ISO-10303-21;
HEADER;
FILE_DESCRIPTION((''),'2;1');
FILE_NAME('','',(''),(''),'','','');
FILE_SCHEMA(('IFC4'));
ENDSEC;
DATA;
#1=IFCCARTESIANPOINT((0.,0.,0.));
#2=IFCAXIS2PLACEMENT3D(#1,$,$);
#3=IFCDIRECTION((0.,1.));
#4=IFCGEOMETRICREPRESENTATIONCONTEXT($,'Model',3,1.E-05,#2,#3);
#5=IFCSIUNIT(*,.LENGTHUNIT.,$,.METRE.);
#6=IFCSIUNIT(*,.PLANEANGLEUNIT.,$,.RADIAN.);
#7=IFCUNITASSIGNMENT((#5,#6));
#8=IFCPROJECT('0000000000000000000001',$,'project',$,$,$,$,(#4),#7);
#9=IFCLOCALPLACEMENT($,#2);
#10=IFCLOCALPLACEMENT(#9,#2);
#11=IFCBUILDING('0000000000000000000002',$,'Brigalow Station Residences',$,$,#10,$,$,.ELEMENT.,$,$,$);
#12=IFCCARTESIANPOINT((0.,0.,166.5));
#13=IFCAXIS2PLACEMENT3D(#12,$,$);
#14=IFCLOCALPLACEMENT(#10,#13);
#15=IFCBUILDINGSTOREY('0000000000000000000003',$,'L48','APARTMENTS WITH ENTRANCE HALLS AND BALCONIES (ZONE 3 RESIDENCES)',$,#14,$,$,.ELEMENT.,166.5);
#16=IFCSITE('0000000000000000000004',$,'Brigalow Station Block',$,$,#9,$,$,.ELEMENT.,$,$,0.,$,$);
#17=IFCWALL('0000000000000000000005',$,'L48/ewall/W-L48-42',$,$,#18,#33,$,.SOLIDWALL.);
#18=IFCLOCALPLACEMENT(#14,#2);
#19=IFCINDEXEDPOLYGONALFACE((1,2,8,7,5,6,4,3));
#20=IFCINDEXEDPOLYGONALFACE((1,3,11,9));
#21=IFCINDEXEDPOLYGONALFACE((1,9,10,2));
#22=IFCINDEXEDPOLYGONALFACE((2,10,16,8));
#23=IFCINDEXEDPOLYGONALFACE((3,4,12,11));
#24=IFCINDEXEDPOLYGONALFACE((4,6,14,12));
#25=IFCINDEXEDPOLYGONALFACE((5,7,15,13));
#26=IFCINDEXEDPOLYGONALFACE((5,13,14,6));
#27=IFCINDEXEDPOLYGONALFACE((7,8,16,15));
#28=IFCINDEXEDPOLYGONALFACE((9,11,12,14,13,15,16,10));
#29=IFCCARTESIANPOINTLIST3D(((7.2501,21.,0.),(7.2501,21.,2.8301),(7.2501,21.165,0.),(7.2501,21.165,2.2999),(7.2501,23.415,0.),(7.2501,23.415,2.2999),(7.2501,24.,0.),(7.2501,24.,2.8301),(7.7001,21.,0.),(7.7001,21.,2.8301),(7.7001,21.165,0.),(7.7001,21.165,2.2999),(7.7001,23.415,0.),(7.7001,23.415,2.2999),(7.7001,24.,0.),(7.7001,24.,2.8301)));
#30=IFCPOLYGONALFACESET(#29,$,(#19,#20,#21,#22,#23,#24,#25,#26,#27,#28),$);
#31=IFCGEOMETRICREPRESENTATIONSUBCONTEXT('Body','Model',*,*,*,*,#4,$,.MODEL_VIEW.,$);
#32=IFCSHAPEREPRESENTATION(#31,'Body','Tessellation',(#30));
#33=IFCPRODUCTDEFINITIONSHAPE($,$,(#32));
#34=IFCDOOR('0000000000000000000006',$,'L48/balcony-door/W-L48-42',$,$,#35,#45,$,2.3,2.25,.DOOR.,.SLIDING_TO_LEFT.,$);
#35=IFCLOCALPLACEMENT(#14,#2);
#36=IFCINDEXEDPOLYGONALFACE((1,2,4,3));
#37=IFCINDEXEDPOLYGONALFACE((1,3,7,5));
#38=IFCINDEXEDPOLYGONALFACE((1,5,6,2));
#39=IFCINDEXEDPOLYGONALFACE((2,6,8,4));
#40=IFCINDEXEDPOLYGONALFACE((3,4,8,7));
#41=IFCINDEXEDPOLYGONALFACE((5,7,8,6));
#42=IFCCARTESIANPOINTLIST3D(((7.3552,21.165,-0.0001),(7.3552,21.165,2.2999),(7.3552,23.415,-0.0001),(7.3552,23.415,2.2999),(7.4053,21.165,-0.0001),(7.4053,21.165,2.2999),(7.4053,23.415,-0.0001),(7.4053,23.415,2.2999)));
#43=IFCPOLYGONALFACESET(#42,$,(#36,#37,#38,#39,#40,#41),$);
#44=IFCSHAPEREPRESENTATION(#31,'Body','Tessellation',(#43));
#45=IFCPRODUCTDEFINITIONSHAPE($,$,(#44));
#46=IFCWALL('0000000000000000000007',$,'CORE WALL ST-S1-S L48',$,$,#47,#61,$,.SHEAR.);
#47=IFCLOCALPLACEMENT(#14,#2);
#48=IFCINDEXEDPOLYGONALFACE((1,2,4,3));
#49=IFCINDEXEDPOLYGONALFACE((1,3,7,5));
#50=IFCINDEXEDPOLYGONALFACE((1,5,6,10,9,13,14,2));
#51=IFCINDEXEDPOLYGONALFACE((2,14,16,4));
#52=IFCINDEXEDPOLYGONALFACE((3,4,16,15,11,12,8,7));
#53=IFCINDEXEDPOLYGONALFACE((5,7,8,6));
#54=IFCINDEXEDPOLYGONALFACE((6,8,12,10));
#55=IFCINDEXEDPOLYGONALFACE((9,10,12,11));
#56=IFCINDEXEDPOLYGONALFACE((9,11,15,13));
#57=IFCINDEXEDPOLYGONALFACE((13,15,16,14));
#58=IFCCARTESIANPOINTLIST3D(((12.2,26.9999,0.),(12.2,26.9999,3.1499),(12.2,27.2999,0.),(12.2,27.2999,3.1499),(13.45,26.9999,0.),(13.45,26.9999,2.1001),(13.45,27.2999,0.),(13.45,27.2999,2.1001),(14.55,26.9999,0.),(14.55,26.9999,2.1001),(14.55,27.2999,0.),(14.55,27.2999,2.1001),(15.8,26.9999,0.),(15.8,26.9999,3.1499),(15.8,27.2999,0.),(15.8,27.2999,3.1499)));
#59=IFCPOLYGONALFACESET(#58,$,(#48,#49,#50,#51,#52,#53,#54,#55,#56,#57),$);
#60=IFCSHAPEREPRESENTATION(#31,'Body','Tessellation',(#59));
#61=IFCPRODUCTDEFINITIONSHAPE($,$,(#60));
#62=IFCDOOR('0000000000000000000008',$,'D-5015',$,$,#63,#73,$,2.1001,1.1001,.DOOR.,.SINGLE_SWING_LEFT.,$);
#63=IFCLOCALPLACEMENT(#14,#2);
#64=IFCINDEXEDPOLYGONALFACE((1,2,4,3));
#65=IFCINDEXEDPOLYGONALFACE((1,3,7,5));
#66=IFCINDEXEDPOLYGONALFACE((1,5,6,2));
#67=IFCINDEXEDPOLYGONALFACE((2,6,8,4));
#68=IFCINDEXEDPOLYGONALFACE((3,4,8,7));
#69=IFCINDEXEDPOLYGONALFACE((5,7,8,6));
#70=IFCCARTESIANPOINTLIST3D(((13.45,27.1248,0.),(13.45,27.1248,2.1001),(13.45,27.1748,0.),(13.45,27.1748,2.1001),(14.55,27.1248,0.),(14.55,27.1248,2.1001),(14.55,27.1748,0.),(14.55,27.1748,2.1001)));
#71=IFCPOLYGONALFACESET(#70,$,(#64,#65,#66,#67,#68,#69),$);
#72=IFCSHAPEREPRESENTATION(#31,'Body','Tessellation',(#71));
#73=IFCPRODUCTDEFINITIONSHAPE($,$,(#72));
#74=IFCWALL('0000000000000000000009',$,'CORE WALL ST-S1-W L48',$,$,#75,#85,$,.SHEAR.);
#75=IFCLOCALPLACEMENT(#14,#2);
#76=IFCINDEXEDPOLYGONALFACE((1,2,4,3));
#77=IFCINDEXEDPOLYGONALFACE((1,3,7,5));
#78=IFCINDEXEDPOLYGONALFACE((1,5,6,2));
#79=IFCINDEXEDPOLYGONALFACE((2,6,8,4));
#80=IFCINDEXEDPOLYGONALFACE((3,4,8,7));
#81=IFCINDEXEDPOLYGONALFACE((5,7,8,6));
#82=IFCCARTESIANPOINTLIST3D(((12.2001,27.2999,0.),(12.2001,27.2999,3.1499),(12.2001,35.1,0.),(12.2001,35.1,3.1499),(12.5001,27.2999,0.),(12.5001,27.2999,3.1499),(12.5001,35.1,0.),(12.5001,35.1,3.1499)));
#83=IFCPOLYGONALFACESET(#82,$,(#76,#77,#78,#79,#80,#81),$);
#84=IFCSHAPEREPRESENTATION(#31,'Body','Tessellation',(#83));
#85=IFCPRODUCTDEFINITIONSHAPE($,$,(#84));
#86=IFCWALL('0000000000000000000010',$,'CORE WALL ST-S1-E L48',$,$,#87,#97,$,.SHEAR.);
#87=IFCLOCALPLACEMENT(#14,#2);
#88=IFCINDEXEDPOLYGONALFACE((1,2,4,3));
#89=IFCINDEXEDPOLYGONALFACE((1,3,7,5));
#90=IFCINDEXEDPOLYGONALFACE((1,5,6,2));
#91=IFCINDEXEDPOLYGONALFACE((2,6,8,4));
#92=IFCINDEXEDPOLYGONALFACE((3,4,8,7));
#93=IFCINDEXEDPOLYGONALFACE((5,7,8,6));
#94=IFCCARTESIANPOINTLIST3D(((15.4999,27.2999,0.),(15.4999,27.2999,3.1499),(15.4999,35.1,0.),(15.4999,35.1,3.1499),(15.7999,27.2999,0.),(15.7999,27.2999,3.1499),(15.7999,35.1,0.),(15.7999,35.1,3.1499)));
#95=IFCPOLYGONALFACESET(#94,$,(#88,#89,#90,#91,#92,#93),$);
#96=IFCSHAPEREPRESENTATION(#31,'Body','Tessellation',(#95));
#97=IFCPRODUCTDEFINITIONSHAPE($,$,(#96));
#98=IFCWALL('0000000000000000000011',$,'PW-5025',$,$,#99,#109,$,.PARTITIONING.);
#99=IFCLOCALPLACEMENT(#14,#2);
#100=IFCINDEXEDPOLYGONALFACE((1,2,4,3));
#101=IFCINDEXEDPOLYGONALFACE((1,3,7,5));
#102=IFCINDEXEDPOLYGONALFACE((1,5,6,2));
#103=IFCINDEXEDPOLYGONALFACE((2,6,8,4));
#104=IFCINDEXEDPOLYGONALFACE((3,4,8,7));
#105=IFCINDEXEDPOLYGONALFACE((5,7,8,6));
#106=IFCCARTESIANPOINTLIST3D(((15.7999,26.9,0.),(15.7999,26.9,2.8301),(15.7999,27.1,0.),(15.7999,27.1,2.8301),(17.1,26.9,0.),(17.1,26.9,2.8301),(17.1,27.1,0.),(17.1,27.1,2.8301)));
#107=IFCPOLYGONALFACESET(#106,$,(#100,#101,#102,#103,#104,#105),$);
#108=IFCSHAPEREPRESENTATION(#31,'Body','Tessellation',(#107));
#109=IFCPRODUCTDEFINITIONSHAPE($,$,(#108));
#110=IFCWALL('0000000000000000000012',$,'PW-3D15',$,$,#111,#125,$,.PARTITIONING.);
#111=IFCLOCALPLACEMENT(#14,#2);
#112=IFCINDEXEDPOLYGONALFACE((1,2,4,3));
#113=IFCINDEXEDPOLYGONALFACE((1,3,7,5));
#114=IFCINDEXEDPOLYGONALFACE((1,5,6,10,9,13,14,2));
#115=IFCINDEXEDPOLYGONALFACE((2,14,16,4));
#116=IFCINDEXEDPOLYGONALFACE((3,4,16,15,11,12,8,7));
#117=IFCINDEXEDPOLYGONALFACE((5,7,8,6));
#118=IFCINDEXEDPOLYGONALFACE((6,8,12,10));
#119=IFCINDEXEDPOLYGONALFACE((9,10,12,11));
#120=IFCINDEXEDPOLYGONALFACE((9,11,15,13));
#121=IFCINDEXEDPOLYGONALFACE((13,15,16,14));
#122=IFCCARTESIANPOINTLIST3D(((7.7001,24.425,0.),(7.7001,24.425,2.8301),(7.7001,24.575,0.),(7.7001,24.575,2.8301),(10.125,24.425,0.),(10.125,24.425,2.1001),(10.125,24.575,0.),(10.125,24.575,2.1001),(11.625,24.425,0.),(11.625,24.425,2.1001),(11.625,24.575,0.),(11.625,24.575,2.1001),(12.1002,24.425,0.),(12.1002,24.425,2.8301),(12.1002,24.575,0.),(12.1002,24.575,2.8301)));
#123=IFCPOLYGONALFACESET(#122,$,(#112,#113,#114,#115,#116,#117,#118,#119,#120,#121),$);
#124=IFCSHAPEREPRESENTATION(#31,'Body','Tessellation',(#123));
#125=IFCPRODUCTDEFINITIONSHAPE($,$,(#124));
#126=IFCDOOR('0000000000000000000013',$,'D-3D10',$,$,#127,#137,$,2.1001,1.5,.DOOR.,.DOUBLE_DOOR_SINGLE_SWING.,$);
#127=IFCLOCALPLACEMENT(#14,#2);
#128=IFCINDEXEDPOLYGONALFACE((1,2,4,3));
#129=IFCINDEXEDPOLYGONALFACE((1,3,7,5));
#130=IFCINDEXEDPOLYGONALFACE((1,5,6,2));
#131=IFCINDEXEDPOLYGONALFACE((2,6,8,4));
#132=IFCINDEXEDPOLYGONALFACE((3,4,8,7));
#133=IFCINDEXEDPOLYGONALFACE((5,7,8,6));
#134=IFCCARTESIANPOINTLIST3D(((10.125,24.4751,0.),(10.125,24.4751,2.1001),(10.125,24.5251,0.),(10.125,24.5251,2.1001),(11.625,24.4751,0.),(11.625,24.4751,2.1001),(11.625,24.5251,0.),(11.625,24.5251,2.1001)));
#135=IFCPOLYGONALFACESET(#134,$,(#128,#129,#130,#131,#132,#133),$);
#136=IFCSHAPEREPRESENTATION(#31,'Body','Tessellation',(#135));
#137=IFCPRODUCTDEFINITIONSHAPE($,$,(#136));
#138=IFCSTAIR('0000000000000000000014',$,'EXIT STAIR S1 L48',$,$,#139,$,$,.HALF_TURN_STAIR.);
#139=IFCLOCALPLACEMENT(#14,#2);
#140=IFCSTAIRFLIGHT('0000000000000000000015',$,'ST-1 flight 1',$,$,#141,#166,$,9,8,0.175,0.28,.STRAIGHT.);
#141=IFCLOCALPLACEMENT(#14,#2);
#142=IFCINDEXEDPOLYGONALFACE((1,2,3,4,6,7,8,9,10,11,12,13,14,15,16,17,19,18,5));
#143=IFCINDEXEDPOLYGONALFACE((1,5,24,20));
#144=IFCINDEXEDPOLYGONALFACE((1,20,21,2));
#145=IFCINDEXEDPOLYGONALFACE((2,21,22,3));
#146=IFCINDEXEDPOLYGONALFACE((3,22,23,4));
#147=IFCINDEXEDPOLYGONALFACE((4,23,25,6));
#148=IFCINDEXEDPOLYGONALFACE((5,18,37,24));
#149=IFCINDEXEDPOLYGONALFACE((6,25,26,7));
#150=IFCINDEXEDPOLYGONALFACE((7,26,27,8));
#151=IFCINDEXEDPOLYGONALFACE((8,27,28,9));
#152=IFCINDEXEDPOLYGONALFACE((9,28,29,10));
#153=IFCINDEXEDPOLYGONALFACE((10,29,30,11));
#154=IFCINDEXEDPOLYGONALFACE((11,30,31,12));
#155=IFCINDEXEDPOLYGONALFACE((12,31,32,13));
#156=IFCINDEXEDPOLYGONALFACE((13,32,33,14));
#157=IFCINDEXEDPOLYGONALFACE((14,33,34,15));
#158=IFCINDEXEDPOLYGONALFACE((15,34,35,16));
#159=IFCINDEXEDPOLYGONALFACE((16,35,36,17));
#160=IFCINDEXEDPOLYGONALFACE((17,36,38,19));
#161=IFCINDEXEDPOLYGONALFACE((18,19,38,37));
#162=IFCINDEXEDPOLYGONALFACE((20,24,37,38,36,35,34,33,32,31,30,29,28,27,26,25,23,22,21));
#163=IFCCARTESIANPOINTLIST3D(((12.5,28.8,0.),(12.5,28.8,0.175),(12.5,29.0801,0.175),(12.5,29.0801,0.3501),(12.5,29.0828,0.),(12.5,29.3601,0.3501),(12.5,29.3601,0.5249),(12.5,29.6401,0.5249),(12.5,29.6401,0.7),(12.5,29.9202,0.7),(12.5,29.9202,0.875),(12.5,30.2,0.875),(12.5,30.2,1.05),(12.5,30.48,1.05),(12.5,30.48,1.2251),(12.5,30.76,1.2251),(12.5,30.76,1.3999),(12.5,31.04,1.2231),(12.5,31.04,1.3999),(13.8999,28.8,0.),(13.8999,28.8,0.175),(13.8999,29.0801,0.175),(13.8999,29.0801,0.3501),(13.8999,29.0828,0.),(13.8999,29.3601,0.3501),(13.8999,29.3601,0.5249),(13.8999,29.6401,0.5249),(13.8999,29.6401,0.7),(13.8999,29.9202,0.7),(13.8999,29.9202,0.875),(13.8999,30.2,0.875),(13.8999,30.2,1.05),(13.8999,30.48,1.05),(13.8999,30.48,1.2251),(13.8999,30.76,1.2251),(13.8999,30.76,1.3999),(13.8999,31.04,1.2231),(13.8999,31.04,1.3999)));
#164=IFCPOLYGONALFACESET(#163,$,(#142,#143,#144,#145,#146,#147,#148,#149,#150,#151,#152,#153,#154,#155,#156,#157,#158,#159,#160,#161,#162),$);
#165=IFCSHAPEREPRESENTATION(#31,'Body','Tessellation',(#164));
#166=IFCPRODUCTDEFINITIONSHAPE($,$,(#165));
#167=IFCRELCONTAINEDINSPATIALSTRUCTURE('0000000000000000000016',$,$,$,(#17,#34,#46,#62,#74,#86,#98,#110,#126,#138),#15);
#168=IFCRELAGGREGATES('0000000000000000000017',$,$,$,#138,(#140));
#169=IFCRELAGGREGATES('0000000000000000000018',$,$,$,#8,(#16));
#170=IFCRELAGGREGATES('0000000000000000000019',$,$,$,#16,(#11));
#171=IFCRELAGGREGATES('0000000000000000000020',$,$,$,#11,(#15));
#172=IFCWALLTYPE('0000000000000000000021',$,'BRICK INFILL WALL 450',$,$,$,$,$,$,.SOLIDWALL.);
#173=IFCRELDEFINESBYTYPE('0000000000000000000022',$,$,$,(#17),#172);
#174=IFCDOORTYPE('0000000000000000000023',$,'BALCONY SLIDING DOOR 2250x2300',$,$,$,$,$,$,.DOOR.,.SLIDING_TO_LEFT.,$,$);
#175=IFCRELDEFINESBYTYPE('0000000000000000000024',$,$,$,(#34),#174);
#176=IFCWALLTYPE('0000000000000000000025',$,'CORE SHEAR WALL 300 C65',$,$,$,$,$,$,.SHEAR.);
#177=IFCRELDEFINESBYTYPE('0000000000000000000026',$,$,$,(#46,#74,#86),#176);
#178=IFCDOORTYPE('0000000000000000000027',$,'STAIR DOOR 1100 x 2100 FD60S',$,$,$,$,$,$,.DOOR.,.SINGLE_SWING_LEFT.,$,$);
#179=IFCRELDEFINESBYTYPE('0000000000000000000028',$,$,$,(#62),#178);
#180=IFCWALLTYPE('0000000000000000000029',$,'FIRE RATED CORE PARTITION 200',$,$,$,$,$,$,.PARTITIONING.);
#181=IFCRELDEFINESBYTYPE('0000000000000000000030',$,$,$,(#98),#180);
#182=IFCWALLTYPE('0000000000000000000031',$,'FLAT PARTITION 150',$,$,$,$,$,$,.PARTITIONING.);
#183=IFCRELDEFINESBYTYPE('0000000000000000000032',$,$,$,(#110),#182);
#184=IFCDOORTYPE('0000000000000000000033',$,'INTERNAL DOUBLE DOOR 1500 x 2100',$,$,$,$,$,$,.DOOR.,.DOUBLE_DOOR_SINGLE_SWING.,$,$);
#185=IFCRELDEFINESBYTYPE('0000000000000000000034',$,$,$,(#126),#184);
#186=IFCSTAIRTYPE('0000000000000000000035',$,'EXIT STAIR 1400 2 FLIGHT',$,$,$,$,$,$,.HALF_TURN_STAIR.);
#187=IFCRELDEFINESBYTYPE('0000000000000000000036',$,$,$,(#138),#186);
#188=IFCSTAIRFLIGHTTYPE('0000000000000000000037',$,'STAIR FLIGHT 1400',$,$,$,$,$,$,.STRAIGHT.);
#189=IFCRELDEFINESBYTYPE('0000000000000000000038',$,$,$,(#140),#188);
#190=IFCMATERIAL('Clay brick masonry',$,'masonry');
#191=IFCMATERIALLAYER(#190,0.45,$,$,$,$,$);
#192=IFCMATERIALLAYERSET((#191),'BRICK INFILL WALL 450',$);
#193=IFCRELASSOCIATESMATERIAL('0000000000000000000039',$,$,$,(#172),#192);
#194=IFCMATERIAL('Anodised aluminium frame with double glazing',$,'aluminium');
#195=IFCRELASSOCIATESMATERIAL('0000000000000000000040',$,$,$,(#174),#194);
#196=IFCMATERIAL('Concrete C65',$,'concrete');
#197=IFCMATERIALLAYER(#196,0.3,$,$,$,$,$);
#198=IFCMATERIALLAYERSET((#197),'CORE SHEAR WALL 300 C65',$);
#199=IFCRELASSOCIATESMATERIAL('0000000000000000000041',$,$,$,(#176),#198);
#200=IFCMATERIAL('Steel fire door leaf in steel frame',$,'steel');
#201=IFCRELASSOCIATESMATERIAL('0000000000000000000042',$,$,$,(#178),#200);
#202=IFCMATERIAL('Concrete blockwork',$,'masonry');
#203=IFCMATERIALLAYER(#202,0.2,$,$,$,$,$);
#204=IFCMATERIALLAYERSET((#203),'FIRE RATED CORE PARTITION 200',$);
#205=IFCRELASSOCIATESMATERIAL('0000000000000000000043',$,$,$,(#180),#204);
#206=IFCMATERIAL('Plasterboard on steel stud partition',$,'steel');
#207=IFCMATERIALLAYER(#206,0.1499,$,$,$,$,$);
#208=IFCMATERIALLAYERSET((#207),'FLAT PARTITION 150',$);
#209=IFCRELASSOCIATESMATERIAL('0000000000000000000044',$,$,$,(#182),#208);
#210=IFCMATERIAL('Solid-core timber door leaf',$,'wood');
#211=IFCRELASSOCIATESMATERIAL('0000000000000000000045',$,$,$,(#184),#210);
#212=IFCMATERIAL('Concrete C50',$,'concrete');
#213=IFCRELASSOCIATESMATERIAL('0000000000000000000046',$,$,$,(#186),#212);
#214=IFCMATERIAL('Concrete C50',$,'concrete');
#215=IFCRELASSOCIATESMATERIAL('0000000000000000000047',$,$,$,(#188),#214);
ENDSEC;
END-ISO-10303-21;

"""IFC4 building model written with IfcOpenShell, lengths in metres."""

from ifc_helpers import new_model, si_unit, direction, frame, frame_2d, origin, place, context, subcontext, project, spatial, polyline, rectangle, outline, extrude, material, layer, layer_set, type_object, element, fill, aggregate, save


model = new_model("IFC4")

# Units and contexts
model_context = context("Model", 3, precision=1e-05, world=origin(), true_north=direction((0.0, 1.0)))
body_context = subcontext(model_context, "Body", "Model", "MODEL_VIEW")
ifc_project = project(units=[si_unit("LENGTHUNIT", "METRE"), si_unit("PLANEANGLEUNIT", "RADIAN")], contexts=[model_context])

# Site, building, storey
site_placement = place(None, origin())
site = spatial("IfcSite", under=ifc_project, at=site_placement, Name="Brigalow Station Block", CompositionType="ELEMENT", RefElevation=0.0)
building_placement = place(site_placement, origin())
building = spatial("IfcBuilding", under=site, at=building_placement, Name="Brigalow Station Residences", CompositionType="ELEMENT")
storey_placement = place(building_placement, frame((0.0, 0.0, 166.5)))
storey = spatial("IfcBuildingStorey", under=building, at=storey_placement, Name="L48", Description="APARTMENTS WITH ENTRANCE HALLS AND BALCONIES (ZONE 3 RESIDENCES)", CompositionType="ELEMENT", Elevation=166.5)

# Shared definitions
ifc_material_1 = material(Name="Clay brick masonry", Category="masonry")
ifc_layer_1 = layer(ifc_material_1, 0.45)
ifc_layer_set_1 = layer_set([ifc_layer_1], Name="BRICK INFILL WALL 450")
wall_type_1 = type_object("IfcWallType", Name="BRICK INFILL WALL 450", PredefinedType="SOLIDWALL", material=ifc_layer_set_1)

# Walls, openings, doors
wall_1_placement = place(storey_placement, frame((7.4751, 24.0, 0.0), z_axis=(0.0, 0.0, 1.0), x_axis=(0.0, -1.0, 0.0)))
wall_1 = element("IfcWall", 1, at=wall_1_placement, inside=storey, type_object=wall_type_1, Name="L48/ewall/W-L48-42", PredefinedType="SOLIDWALL", context=body_context, shape_type="SweptSolid", body=[
    extrude(rectangle(XDim=3.0, YDim=0.45, at=frame_2d((1.5, 0.0))), origin(), (0.0, 0.0, 1.0), 2.8301),
])
opening_1_placement = place(wall_1_placement, frame((0.585, 0.0, 0.0)))
opening_1 = element("IfcOpeningElement", 2, at=opening_1_placement, cuts=wall_1, PredefinedType="OPENING", context=body_context, shape_type="SweptSolid", body=[
    extrude(rectangle(XDim=2.25, YDim=2.3, at=frame_2d((1.125, 1.1499))), frame((0.0, 0.2349, 0.0), z_axis=(0.0, -1.0, 0.0), x_axis=(1.0, 0.0, 0.0)), (0.0, 0.0, 1.0), 0.47),
])
ifc_material_2 = material(Name="Anodised aluminium frame with double glazing", Category="aluminium")
door_type_1 = type_object("IfcDoorType", Name="BALCONY SLIDING DOOR 2250x2300", OperationType="SLIDING_TO_LEFT", PredefinedType="DOOR", material=ifc_material_2)
door_1_placement = place(opening_1_placement, origin())
door_1 = element("IfcDoor", 3, at=door_1_placement, inside=storey, type_object=door_type_1, Name="L48/balcony-door/W-L48-42", OperationType="SLIDING_TO_LEFT", OverallHeight=2.3, OverallWidth=2.25, PredefinedType="DOOR", context=body_context, shape_type="SweptSolid", body=[
    extrude(rectangle(XDim=2.25, YDim=2.3, at=frame_2d((1.125, 1.1499))), frame((0.0, -0.0698, 0.0), z_axis=(0.0, -1.0, 0.0), x_axis=(1.0, 0.0, 0.0)), (0.0, 0.0, 1.0), 0.05),
])
fill(opening_1, door_1)
ifc_material_3 = material(Name="Concrete C65", Category="concrete")
ifc_layer_2 = layer(ifc_material_3, 0.3)
ifc_layer_set_2 = layer_set([ifc_layer_2], Name="CORE SHEAR WALL 300 C65")
wall_type_2 = type_object("IfcWallType", Name="CORE SHEAR WALL 300 C65", PredefinedType="SHEAR", material=ifc_layer_set_2)
wall_2_placement = place(storey_placement, frame((12.2, 27.1499, 0.0), z_axis=(0.0, 0.0, 1.0), x_axis=(1.0, 0.0, 0.0)))
wall_2 = element("IfcWall", 4, at=wall_2_placement, inside=storey, type_object=wall_type_2, Name="CORE WALL ST-S1-S L48", PredefinedType="SHEAR", context=body_context, shape_type="SweptSolid", body=[
    extrude(rectangle(XDim=3.6001, YDim=0.3, at=frame_2d((1.8, 0.0))), origin(), (0.0, 0.0, 1.0), 3.1499),
])
opening_2_placement = place(wall_2_placement, frame((1.25, 0.0, 0.0)))
opening_2 = element("IfcOpeningElement", 5, at=opening_2_placement, cuts=wall_2, PredefinedType="OPENING", context=body_context, shape_type="SweptSolid", body=[
    extrude(rectangle(XDim=1.1001, YDim=2.1001, at=frame_2d((0.55, 1.05))), frame((0.0, 0.1602, 0.0), z_axis=(0.0, -1.0, 0.0), x_axis=(1.0, 0.0, 0.0)), (0.0, 0.0, 1.0), 0.3201),
])
ifc_material_4 = material(Name="Steel fire door leaf in steel frame", Category="steel")
door_type_2 = type_object("IfcDoorType", Name="STAIR DOOR 1100 x 2100 FD60S", OperationType="SINGLE_SWING_LEFT", PredefinedType="DOOR", material=ifc_material_4)
door_2_placement = place(opening_2_placement, origin())
door_2 = element("IfcDoor", 6, at=door_2_placement, inside=storey, type_object=door_type_2, Name="D-5015", OperationType="SINGLE_SWING_LEFT", OverallHeight=2.1001, OverallWidth=1.1001, PredefinedType="DOOR", context=body_context, shape_type="SweptSolid", body=[
    extrude(rectangle(XDim=1.1001, YDim=2.1001, at=frame_2d((0.55, 1.05))), frame((0.0, 0.0249, 0.0), z_axis=(0.0, -1.0, 0.0), x_axis=(1.0, 0.0, 0.0)), (0.0, 0.0, 1.0), 0.05),
])
fill(opening_2, door_2)

# Walls
for number, where, z_axis, x_axis, name in (
    (7, (12.3501, 27.3, 0.0), (0.0, 0.0, 1.0), (0.0, 1.0, 0.0), "CORE WALL ST-S1-W L48"),
    (8, (15.6499, 27.3, 0.0), (0.0, 0.0, 1.0), (0.0, 1.0, 0.0), "CORE WALL ST-S1-E L48"),
):
    element("IfcWall", number, at=place(storey_placement, frame(where, z_axis=z_axis, x_axis=x_axis)), inside=storey, type_object=wall_type_2, Name=name, PredefinedType="SHEAR", context=body_context, shape_type="SweptSolid", body=[
        extrude(rectangle(XDim=7.8, YDim=0.3, at=frame_2d((3.8999, 0.0))), origin(), (0.0, 0.0, 1.0), 3.1499),
    ])
ifc_material_5 = material(Name="Concrete blockwork", Category="masonry")
ifc_layer_3 = layer(ifc_material_5, 0.2)
ifc_layer_set_3 = layer_set([ifc_layer_3], Name="FIRE RATED CORE PARTITION 200")
wall_type_3 = type_object("IfcWallType", Name="FIRE RATED CORE PARTITION 200", PredefinedType="PARTITIONING", material=ifc_layer_set_3)
wall_3_placement = place(storey_placement, frame((15.8, 27.0, 0.0), z_axis=(0.0, 0.0, 1.0), x_axis=(1.0, 0.0, 0.0)))
element("IfcWall", 9, at=wall_3_placement, inside=storey, type_object=wall_type_3, Name="PW-5025", PredefinedType="PARTITIONING", context=body_context, shape_type="SweptSolid", body=[
    extrude(rectangle(XDim=1.3, YDim=0.2, at=frame_2d((0.6499, 0.0))), origin(), (0.0, 0.0, 1.0), 2.8301),
])

# Wall, opening, door
ifc_material_6 = material(Name="Plasterboard on steel stud partition", Category="steel")
ifc_layer_4 = layer(ifc_material_6, 0.1499)
ifc_layer_set_4 = layer_set([ifc_layer_4], Name="FLAT PARTITION 150")
wall_type_4 = type_object("IfcWallType", Name="FLAT PARTITION 150", PredefinedType="PARTITIONING", material=ifc_layer_set_4)
wall_4_placement = place(storey_placement, frame((7.7, 24.5, 0.0), z_axis=(0.0, 0.0, 1.0), x_axis=(1.0, 0.0, 0.0)))
wall_4 = element("IfcWall", 10, at=wall_4_placement, inside=storey, type_object=wall_type_4, Name="PW-3D15", PredefinedType="PARTITIONING", context=body_context, shape_type="SweptSolid", body=[
    extrude(rectangle(XDim=4.4001, YDim=0.1499, at=frame_2d((2.2002, 0.0))), origin(), (0.0, 0.0, 1.0), 2.8301),
])
opening_3_placement = place(wall_4_placement, frame((2.425, 0.0, 0.0)))
opening_3 = element("IfcOpeningElement", 11, at=opening_3_placement, cuts=wall_4, PredefinedType="OPENING", context=body_context, shape_type="SweptSolid", body=[
    extrude(rectangle(XDim=1.5, YDim=2.1001, at=frame_2d((0.75, 1.05))), frame((0.0, 0.085, 0.0), z_axis=(0.0, -1.0, 0.0), x_axis=(1.0, 0.0, 0.0)), (0.0, 0.0, 1.0), 0.1699),
])
ifc_material_7 = material(Name="Solid-core timber door leaf", Category="wood")
door_type_3 = type_object("IfcDoorType", Name="INTERNAL DOUBLE DOOR 1500 x 2100", OperationType="DOUBLE_DOOR_SINGLE_SWING", PredefinedType="DOOR", material=ifc_material_7)
door_3_placement = place(opening_3_placement, frame((1.5, 0.0, 0.0), z_axis=(0.0, 0.0, 1.0), x_axis=(-1.0, 0.0, 0.0)))
door_3 = element("IfcDoor", 12, at=door_3_placement, inside=storey, type_object=door_type_3, Name="D-3D10", OperationType="DOUBLE_DOOR_SINGLE_SWING", OverallHeight=2.1001, OverallWidth=1.5, PredefinedType="DOOR", context=body_context, shape_type="SweptSolid", body=[
    extrude(rectangle(XDim=1.5, YDim=2.1001, at=frame_2d((0.75, 1.05))), frame((0.0, 0.0249, 0.0), z_axis=(0.0, -1.0, 0.0), x_axis=(1.0, 0.0, 0.0)), (0.0, 0.0, 1.0), 0.05),
])
fill(opening_3, door_3)

# Stair, stair flight
ifc_material_8 = material(Name="Concrete C50", Category="concrete")
stair_type = type_object("IfcStairType", Name="EXIT STAIR 1400 2 FLIGHT", PredefinedType="HALF_TURN_STAIR", material=ifc_material_8)
stair_placement = place(storey_placement, origin())
stair = element("IfcStair", 13, at=stair_placement, inside=storey, type_object=stair_type, Name="EXIT STAIR S1 L48", PredefinedType="HALF_TURN_STAIR")
ifc_material_9 = material(Name="Concrete C50", Category="concrete")
stair_flight_type = type_object("IfcStairFlightType", Name="STAIR FLIGHT 1400", PredefinedType="STRAIGHT", material=ifc_material_9)
stair_flight_1_placement = place(storey_placement, frame((13.2, 28.8, 0.0), z_axis=(0.0, 0.0, 1.0), x_axis=(0.0, 1.0, 0.0)))
stair_flight_1 = element("IfcStairFlight", 14, at=stair_flight_1_placement, type_object=stair_flight_type, Name="ST-1 flight 1", NumberOfRisers=9, NumberOfTreads=8, PredefinedType="STRAIGHT", RiserHeight=0.175, TreadLength=0.28, context=body_context, shape_type="SweptSolid", body=[
    extrude(outline(polyline([(0.0, 0.0), (0.0, 0.175), (0.28, 0.175), (0.28, 0.3501), (0.5601, 0.3501), (0.5601, 0.5249), (0.8401, 0.5249), (0.8401, 0.7), (1.1201, 0.7), (1.1201, 0.875), (1.3999, 0.875), (1.3999, 1.05), (1.6799, 1.05), (1.6799, 1.2251), (1.96, 1.2251), (1.96, 1.3999), (2.24, 1.3999), (2.24, 1.575), (2.24, 1.2231), (0.2827, 0.0), (0.0, 0.0)])), frame((0.0, 0.7, 0.0), z_axis=(0.0, -1.0, 0.0), x_axis=(1.0, 0.0, 0.0)), (0.0, 0.0, 1.0), 1.3999),
])
aggregate(stair, [stair_flight_1])

save(model, "model.ifc")
